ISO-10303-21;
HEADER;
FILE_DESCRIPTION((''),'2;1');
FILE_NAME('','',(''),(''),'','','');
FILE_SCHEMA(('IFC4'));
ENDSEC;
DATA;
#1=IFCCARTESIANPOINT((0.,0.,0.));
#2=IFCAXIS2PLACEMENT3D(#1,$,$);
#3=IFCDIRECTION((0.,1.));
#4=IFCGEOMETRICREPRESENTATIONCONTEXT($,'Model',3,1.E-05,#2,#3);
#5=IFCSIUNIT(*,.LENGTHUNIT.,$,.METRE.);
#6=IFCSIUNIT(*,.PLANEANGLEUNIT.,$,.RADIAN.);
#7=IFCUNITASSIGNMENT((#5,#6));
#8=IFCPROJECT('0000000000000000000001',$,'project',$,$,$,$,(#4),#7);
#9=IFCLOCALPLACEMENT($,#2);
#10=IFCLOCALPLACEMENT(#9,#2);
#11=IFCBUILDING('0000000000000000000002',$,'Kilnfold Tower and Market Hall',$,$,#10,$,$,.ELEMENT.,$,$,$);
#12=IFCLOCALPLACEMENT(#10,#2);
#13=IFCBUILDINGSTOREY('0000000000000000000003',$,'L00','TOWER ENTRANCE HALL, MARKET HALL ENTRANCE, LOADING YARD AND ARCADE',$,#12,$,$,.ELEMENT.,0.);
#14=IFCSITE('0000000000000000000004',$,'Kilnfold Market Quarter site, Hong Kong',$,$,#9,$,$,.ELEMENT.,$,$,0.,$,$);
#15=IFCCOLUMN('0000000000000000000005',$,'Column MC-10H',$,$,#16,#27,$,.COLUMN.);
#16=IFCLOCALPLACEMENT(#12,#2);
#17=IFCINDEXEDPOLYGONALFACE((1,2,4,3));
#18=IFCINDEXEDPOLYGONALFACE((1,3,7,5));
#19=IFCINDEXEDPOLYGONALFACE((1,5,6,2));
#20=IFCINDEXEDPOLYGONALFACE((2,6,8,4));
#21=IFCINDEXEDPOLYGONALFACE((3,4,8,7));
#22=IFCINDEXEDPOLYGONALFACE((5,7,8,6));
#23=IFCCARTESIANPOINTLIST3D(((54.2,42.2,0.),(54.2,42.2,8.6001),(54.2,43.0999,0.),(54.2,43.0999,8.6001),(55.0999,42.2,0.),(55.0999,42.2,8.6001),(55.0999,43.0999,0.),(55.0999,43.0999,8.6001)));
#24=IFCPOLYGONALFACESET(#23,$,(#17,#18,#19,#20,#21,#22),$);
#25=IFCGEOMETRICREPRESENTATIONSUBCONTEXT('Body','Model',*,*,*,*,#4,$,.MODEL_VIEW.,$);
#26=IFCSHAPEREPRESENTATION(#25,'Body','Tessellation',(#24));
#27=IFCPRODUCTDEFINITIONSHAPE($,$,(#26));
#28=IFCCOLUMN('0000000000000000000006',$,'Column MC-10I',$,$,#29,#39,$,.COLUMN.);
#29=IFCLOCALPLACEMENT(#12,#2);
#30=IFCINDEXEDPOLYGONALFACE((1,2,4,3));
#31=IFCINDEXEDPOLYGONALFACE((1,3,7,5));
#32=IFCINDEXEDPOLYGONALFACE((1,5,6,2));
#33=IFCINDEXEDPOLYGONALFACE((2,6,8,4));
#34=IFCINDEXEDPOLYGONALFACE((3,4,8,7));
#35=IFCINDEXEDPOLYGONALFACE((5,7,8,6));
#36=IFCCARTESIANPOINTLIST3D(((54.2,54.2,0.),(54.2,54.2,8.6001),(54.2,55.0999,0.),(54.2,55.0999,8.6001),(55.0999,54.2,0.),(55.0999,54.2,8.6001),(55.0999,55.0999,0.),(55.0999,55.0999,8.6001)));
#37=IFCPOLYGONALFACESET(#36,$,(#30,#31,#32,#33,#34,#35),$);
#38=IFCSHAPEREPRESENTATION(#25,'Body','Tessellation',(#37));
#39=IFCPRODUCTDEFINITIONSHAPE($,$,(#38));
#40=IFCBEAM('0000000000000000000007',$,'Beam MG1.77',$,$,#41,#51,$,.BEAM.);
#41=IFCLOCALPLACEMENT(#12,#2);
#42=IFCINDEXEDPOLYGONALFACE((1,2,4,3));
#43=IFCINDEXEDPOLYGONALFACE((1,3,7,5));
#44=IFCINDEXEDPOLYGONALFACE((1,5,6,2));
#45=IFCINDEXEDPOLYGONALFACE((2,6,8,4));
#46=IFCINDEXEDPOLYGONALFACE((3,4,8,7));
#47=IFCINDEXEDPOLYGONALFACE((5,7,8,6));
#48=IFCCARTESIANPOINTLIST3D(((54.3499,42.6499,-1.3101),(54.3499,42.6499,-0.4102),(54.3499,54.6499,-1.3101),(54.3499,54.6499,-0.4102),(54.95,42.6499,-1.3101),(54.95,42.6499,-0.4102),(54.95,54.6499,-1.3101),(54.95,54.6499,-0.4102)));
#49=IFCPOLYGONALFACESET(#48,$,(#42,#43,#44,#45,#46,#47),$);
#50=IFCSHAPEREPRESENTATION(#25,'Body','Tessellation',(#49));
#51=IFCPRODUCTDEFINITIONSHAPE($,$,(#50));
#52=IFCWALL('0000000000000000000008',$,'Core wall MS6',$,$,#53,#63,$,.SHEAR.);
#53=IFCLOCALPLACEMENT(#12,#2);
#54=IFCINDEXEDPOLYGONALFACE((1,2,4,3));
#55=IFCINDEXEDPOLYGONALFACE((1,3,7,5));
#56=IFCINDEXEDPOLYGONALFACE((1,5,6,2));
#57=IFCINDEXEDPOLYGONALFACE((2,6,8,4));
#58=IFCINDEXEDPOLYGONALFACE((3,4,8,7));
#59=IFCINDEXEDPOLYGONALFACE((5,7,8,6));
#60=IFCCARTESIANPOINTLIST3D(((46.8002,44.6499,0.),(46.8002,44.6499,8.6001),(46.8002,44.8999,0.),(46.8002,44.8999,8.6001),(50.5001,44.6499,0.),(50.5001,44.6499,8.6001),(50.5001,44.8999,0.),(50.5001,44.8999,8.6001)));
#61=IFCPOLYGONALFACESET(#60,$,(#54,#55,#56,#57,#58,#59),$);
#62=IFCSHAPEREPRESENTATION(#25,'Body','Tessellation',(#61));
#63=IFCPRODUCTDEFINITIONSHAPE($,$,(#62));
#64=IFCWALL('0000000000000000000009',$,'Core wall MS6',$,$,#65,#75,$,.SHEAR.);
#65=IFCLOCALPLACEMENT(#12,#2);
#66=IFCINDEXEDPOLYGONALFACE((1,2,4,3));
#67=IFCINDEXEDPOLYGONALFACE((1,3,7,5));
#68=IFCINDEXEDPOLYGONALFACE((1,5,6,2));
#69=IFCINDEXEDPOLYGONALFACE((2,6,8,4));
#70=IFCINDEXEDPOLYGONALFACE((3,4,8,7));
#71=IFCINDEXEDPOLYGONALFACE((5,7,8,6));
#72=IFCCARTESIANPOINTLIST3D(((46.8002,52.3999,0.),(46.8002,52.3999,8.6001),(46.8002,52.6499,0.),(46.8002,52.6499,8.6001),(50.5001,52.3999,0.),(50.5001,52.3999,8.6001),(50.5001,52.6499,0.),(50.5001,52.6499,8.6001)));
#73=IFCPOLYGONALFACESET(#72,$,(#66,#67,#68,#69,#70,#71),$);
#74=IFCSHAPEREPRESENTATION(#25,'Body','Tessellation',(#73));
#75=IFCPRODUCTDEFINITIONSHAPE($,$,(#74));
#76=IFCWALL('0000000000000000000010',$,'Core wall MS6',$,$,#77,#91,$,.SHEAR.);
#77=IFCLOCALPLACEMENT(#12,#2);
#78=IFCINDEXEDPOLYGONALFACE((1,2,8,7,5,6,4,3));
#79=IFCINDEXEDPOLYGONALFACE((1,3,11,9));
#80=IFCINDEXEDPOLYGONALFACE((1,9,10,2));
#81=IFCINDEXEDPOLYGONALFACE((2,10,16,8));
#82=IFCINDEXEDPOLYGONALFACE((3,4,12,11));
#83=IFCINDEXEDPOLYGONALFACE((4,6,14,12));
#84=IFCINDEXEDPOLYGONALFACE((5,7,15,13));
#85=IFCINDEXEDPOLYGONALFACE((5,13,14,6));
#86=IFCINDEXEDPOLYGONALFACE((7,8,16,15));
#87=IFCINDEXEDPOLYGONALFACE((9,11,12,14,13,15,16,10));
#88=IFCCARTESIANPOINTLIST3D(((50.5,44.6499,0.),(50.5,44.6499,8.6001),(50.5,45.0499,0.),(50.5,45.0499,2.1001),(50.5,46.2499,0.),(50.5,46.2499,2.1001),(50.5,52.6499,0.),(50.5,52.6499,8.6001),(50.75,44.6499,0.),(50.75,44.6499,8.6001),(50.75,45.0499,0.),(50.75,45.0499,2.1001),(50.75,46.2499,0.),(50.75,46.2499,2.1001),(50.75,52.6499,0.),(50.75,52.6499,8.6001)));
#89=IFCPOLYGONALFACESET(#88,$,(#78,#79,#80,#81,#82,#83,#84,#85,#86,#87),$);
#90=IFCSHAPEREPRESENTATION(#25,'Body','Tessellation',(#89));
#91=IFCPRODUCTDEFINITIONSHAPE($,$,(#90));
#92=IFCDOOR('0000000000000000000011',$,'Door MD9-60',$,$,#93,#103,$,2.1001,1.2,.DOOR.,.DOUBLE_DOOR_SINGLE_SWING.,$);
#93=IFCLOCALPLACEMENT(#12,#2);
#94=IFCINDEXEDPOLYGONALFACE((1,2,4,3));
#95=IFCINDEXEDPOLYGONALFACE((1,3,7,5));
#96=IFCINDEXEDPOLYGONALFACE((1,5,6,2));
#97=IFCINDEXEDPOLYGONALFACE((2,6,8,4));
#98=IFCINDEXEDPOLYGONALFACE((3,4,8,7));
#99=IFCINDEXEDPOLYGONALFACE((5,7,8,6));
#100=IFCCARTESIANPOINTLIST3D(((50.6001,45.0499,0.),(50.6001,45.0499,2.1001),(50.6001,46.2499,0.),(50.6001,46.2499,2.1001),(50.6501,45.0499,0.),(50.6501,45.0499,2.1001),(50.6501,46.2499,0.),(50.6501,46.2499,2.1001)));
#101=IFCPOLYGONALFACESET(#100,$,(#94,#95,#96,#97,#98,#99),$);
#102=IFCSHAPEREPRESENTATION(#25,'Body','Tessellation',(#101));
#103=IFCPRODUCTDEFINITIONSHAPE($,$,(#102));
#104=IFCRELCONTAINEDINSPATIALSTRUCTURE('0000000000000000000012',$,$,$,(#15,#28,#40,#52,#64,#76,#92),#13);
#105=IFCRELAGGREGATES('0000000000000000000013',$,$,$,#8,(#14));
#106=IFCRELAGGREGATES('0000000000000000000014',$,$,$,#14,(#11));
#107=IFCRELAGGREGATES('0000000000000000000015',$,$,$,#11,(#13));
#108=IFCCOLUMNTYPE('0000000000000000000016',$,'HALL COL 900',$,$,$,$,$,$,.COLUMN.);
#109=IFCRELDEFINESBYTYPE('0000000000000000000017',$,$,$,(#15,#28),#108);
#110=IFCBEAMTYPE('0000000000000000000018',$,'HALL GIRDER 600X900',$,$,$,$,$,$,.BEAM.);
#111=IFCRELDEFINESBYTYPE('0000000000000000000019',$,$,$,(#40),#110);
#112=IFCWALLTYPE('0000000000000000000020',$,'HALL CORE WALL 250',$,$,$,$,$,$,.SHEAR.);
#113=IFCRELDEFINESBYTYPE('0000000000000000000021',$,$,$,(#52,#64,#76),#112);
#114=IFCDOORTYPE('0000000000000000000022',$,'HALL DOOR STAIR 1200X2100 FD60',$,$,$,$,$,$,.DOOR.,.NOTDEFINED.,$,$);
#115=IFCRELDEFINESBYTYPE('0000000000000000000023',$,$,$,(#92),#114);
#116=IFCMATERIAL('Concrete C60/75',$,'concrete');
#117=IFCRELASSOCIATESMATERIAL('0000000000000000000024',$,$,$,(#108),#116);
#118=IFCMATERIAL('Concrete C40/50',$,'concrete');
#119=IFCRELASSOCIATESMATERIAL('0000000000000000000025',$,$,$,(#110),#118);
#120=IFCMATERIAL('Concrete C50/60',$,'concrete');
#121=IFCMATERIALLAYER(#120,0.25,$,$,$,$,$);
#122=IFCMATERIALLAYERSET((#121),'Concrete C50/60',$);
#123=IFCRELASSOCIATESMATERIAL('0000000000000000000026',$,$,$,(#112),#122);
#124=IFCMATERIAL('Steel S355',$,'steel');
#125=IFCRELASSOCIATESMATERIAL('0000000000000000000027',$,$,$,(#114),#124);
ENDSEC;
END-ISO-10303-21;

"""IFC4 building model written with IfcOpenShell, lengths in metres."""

from ifc_helpers import new_model, si_unit, direction, frame, frame_2d, origin, origin_2d, place, context, subcontext, project, spatial, rectangle, extrude, source, transform, mapped, material, layer, layer_set, material_profile, profile_set, type_object, element, fill, save


model = new_model("IFC4")

# Units and contexts
model_context = context("Model", 3, precision=1e-05, world=origin(), true_north=direction((0.0, 1.0)))
body_context = subcontext(model_context, "Body", "Model", "MODEL_VIEW")
ifc_project = project(units=[si_unit("LENGTHUNIT", "METRE"), si_unit("PLANEANGLEUNIT", "RADIAN")], contexts=[model_context])

# Site, building, storey
site_placement = place(None, origin())
site = spatial("IfcSite", under=ifc_project, at=site_placement, Name="Kilnfold Market Quarter site, Hong Kong", CompositionType="ELEMENT", RefElevation=0.0)
building_placement = place(site_placement, origin())
building = spatial("IfcBuilding", under=site, at=building_placement, Name="Kilnfold Tower and Market Hall", CompositionType="ELEMENT")
storey_placement = place(building_placement, origin())
storey = spatial("IfcBuildingStorey", under=building, at=storey_placement, Name="L00", Description="TOWER ENTRANCE HALL, MARKET HALL ENTRANCE, LOADING YARD AND ARCADE", CompositionType="ELEMENT", Elevation=0.0)

# Columns
ifc_material_1 = material(Name="Concrete C60/75", Category="concrete")
ifc_material_profile_1 = material_profile(ifc_material_1, rectangle(XDim=0.8999, YDim=0.8999, at=origin_2d()), Name="RC 900x900")
ifc_profile_set_1 = profile_set([ifc_material_profile_1], Name="Concrete C60/75")
column_type = type_object("IfcColumnType", Name="HALL COL 900", PredefinedType="COLUMN", material=ifc_profile_set_1)
shared_shape_1 = source(origin(), body_context, "Body", "SweptSolid", [
    extrude(rectangle(XDim=0.8999, YDim=0.8999, at=origin_2d()), origin(), (0.0, 0.0, 1.0), 8.6001),
])
for number, where, z_axis, x_axis, name in (
    (1, (54.6499, 42.6499, 0.0), (0.0, 0.0, 1.0), (1.0, 0.0, 0.0), "Column MC-10H"),
    (2, (54.6499, 54.6499, 0.0), (0.0, 0.0, 1.0), (1.0, 0.0, 0.0), "Column MC-10I"),
):
    element("IfcColumn", number, at=place(storey_placement, frame(where, z_axis=z_axis, x_axis=x_axis)), inside=storey, type_object=column_type, Name=name, PredefinedType="COLUMN", context=body_context, shape_type="MappedRepresentation", body=[
        mapped(shared_shape_1, transform((0.0, 0.0, 0.0))),
    ])

# Beam
ifc_material_2 = material(Name="Concrete C40/50", Category="concrete")
ifc_material_profile_2 = material_profile(ifc_material_2, rectangle(XDim=0.6001, YDim=0.8999, at=origin_2d()), Name="RC 600x900")
ifc_profile_set_2 = profile_set([ifc_material_profile_2], Name="Concrete C40/50")
beam_type = type_object("IfcBeamType", Name="HALL GIRDER 600X900", PredefinedType="BEAM", material=ifc_profile_set_2)
beam_placement = place(storey_placement, frame((54.6499, 42.6499, -0.8601), z_axis=(0.0, 1.0, 0.0), x_axis=(-1.0, 0.0, 0.0)))
element("IfcBeam", 3, at=beam_placement, inside=storey, type_object=beam_type, Name="Beam MG1.77", PredefinedType="BEAM", context=body_context, shape_type="SweptSolid", body=[
    extrude(rectangle(XDim=0.6001, YDim=0.8999, at=origin_2d()), origin(), (0.0, 0.0, 1.0), 12.0),
])

# Walls
ifc_material_3 = material(Name="Concrete C50/60", Category="concrete")
ifc_layer_1 = layer(ifc_material_3, 0.25)
ifc_layer_set_1 = layer_set([ifc_layer_1], Name="Concrete C50/60")
wall_type_1 = type_object("IfcWallType", Name="HALL CORE WALL 250", PredefinedType="SHEAR", material=ifc_layer_set_1)
shared_shape_2 = source(origin(), body_context, "Body", "SweptSolid", [
    extrude(rectangle(XDim=3.7, YDim=0.25, at=frame_2d((1.8501, 0.0))), origin(), (0.0, 0.0, 1.0), 8.6001),
])
for number, where, z_axis, x_axis, name in (
    (4, (46.8, 44.7749, 0.0), (0.0, 0.0, 1.0), (1.0, 0.0, 0.0), "Core wall MS6"),
    (5, (46.8, 52.5249, 0.0), (0.0, 0.0, 1.0), (1.0, 0.0, 0.0), "Core wall MS6"),
):
    element("IfcWall", number, at=place(storey_placement, frame(where, z_axis=z_axis, x_axis=x_axis)), inside=storey, type_object=wall_type_1, Name=name, PredefinedType="SHEAR", context=body_context, shape_type="MappedRepresentation", body=[
        mapped(shared_shape_2, transform((0.0, 0.0, 0.0))),
    ])

# Wall, opening, door
shared_shape_3 = source(origin(), body_context, "Body", "SweptSolid", [
    extrude(rectangle(XDim=8.0, YDim=0.25, at=frame_2d((4.0, 0.0))), origin(), (0.0, 0.0, 1.0), 8.6001),
])
wall_1_placement = place(storey_placement, frame((50.625, 44.6499, 0.0), z_axis=(0.0, 0.0, 1.0), x_axis=(0.0, 1.0, 0.0)))
wall_1 = element("IfcWall", 6, at=wall_1_placement, inside=storey, type_object=wall_type_1, Name="Core wall MS6", PredefinedType="SHEAR", context=body_context, shape_type="MappedRepresentation", body=[
    mapped(shared_shape_3, transform((0.0, 0.0, 0.0))),
])
opening_1_placement = place(wall_1_placement, frame((0.3999, 0.0, 0.0)))
opening_1 = element("IfcOpeningElement", 7, at=opening_1_placement, cuts=wall_1, PredefinedType="OPENING", context=body_context, shape_type="SweptSolid", body=[
    extrude(rectangle(XDim=1.2, YDim=2.1001, at=frame_2d((0.6001, 1.05))), frame((0.0, 0.135, 0.0), z_axis=(0.0, -1.0, 0.0), x_axis=(1.0, 0.0, 0.0)), (0.0, 0.0, 1.0), 0.27),
])
ifc_material_4 = material(Name="Steel S355", Category="steel")
door_type_1 = type_object("IfcDoorType", Name="HALL DOOR STAIR 1200X2100 FD60", OperationType="NOTDEFINED", PredefinedType="DOOR", material=ifc_material_4)
door_1_placement = place(opening_1_placement, origin())
door_1 = element("IfcDoor", 8, at=door_1_placement, inside=storey, type_object=door_type_1, Name="Door MD9-60", OperationType="DOUBLE_DOOR_SINGLE_SWING", OverallHeight=2.1001, OverallWidth=1.2, PredefinedType="DOOR", context=body_context, shape_type="SweptSolid", body=[
    extrude(rectangle(XDim=1.2, YDim=2.1001, at=frame_2d((0.6001, 1.05))), frame((0.0, 0.0249, 0.0), z_axis=(0.0, -1.0, 0.0), x_axis=(1.0, 0.0, 0.0)), (0.0, 0.0, 1.0), 0.05),
])
fill(opening_1, door_1)

save(model, "model.ifc")
